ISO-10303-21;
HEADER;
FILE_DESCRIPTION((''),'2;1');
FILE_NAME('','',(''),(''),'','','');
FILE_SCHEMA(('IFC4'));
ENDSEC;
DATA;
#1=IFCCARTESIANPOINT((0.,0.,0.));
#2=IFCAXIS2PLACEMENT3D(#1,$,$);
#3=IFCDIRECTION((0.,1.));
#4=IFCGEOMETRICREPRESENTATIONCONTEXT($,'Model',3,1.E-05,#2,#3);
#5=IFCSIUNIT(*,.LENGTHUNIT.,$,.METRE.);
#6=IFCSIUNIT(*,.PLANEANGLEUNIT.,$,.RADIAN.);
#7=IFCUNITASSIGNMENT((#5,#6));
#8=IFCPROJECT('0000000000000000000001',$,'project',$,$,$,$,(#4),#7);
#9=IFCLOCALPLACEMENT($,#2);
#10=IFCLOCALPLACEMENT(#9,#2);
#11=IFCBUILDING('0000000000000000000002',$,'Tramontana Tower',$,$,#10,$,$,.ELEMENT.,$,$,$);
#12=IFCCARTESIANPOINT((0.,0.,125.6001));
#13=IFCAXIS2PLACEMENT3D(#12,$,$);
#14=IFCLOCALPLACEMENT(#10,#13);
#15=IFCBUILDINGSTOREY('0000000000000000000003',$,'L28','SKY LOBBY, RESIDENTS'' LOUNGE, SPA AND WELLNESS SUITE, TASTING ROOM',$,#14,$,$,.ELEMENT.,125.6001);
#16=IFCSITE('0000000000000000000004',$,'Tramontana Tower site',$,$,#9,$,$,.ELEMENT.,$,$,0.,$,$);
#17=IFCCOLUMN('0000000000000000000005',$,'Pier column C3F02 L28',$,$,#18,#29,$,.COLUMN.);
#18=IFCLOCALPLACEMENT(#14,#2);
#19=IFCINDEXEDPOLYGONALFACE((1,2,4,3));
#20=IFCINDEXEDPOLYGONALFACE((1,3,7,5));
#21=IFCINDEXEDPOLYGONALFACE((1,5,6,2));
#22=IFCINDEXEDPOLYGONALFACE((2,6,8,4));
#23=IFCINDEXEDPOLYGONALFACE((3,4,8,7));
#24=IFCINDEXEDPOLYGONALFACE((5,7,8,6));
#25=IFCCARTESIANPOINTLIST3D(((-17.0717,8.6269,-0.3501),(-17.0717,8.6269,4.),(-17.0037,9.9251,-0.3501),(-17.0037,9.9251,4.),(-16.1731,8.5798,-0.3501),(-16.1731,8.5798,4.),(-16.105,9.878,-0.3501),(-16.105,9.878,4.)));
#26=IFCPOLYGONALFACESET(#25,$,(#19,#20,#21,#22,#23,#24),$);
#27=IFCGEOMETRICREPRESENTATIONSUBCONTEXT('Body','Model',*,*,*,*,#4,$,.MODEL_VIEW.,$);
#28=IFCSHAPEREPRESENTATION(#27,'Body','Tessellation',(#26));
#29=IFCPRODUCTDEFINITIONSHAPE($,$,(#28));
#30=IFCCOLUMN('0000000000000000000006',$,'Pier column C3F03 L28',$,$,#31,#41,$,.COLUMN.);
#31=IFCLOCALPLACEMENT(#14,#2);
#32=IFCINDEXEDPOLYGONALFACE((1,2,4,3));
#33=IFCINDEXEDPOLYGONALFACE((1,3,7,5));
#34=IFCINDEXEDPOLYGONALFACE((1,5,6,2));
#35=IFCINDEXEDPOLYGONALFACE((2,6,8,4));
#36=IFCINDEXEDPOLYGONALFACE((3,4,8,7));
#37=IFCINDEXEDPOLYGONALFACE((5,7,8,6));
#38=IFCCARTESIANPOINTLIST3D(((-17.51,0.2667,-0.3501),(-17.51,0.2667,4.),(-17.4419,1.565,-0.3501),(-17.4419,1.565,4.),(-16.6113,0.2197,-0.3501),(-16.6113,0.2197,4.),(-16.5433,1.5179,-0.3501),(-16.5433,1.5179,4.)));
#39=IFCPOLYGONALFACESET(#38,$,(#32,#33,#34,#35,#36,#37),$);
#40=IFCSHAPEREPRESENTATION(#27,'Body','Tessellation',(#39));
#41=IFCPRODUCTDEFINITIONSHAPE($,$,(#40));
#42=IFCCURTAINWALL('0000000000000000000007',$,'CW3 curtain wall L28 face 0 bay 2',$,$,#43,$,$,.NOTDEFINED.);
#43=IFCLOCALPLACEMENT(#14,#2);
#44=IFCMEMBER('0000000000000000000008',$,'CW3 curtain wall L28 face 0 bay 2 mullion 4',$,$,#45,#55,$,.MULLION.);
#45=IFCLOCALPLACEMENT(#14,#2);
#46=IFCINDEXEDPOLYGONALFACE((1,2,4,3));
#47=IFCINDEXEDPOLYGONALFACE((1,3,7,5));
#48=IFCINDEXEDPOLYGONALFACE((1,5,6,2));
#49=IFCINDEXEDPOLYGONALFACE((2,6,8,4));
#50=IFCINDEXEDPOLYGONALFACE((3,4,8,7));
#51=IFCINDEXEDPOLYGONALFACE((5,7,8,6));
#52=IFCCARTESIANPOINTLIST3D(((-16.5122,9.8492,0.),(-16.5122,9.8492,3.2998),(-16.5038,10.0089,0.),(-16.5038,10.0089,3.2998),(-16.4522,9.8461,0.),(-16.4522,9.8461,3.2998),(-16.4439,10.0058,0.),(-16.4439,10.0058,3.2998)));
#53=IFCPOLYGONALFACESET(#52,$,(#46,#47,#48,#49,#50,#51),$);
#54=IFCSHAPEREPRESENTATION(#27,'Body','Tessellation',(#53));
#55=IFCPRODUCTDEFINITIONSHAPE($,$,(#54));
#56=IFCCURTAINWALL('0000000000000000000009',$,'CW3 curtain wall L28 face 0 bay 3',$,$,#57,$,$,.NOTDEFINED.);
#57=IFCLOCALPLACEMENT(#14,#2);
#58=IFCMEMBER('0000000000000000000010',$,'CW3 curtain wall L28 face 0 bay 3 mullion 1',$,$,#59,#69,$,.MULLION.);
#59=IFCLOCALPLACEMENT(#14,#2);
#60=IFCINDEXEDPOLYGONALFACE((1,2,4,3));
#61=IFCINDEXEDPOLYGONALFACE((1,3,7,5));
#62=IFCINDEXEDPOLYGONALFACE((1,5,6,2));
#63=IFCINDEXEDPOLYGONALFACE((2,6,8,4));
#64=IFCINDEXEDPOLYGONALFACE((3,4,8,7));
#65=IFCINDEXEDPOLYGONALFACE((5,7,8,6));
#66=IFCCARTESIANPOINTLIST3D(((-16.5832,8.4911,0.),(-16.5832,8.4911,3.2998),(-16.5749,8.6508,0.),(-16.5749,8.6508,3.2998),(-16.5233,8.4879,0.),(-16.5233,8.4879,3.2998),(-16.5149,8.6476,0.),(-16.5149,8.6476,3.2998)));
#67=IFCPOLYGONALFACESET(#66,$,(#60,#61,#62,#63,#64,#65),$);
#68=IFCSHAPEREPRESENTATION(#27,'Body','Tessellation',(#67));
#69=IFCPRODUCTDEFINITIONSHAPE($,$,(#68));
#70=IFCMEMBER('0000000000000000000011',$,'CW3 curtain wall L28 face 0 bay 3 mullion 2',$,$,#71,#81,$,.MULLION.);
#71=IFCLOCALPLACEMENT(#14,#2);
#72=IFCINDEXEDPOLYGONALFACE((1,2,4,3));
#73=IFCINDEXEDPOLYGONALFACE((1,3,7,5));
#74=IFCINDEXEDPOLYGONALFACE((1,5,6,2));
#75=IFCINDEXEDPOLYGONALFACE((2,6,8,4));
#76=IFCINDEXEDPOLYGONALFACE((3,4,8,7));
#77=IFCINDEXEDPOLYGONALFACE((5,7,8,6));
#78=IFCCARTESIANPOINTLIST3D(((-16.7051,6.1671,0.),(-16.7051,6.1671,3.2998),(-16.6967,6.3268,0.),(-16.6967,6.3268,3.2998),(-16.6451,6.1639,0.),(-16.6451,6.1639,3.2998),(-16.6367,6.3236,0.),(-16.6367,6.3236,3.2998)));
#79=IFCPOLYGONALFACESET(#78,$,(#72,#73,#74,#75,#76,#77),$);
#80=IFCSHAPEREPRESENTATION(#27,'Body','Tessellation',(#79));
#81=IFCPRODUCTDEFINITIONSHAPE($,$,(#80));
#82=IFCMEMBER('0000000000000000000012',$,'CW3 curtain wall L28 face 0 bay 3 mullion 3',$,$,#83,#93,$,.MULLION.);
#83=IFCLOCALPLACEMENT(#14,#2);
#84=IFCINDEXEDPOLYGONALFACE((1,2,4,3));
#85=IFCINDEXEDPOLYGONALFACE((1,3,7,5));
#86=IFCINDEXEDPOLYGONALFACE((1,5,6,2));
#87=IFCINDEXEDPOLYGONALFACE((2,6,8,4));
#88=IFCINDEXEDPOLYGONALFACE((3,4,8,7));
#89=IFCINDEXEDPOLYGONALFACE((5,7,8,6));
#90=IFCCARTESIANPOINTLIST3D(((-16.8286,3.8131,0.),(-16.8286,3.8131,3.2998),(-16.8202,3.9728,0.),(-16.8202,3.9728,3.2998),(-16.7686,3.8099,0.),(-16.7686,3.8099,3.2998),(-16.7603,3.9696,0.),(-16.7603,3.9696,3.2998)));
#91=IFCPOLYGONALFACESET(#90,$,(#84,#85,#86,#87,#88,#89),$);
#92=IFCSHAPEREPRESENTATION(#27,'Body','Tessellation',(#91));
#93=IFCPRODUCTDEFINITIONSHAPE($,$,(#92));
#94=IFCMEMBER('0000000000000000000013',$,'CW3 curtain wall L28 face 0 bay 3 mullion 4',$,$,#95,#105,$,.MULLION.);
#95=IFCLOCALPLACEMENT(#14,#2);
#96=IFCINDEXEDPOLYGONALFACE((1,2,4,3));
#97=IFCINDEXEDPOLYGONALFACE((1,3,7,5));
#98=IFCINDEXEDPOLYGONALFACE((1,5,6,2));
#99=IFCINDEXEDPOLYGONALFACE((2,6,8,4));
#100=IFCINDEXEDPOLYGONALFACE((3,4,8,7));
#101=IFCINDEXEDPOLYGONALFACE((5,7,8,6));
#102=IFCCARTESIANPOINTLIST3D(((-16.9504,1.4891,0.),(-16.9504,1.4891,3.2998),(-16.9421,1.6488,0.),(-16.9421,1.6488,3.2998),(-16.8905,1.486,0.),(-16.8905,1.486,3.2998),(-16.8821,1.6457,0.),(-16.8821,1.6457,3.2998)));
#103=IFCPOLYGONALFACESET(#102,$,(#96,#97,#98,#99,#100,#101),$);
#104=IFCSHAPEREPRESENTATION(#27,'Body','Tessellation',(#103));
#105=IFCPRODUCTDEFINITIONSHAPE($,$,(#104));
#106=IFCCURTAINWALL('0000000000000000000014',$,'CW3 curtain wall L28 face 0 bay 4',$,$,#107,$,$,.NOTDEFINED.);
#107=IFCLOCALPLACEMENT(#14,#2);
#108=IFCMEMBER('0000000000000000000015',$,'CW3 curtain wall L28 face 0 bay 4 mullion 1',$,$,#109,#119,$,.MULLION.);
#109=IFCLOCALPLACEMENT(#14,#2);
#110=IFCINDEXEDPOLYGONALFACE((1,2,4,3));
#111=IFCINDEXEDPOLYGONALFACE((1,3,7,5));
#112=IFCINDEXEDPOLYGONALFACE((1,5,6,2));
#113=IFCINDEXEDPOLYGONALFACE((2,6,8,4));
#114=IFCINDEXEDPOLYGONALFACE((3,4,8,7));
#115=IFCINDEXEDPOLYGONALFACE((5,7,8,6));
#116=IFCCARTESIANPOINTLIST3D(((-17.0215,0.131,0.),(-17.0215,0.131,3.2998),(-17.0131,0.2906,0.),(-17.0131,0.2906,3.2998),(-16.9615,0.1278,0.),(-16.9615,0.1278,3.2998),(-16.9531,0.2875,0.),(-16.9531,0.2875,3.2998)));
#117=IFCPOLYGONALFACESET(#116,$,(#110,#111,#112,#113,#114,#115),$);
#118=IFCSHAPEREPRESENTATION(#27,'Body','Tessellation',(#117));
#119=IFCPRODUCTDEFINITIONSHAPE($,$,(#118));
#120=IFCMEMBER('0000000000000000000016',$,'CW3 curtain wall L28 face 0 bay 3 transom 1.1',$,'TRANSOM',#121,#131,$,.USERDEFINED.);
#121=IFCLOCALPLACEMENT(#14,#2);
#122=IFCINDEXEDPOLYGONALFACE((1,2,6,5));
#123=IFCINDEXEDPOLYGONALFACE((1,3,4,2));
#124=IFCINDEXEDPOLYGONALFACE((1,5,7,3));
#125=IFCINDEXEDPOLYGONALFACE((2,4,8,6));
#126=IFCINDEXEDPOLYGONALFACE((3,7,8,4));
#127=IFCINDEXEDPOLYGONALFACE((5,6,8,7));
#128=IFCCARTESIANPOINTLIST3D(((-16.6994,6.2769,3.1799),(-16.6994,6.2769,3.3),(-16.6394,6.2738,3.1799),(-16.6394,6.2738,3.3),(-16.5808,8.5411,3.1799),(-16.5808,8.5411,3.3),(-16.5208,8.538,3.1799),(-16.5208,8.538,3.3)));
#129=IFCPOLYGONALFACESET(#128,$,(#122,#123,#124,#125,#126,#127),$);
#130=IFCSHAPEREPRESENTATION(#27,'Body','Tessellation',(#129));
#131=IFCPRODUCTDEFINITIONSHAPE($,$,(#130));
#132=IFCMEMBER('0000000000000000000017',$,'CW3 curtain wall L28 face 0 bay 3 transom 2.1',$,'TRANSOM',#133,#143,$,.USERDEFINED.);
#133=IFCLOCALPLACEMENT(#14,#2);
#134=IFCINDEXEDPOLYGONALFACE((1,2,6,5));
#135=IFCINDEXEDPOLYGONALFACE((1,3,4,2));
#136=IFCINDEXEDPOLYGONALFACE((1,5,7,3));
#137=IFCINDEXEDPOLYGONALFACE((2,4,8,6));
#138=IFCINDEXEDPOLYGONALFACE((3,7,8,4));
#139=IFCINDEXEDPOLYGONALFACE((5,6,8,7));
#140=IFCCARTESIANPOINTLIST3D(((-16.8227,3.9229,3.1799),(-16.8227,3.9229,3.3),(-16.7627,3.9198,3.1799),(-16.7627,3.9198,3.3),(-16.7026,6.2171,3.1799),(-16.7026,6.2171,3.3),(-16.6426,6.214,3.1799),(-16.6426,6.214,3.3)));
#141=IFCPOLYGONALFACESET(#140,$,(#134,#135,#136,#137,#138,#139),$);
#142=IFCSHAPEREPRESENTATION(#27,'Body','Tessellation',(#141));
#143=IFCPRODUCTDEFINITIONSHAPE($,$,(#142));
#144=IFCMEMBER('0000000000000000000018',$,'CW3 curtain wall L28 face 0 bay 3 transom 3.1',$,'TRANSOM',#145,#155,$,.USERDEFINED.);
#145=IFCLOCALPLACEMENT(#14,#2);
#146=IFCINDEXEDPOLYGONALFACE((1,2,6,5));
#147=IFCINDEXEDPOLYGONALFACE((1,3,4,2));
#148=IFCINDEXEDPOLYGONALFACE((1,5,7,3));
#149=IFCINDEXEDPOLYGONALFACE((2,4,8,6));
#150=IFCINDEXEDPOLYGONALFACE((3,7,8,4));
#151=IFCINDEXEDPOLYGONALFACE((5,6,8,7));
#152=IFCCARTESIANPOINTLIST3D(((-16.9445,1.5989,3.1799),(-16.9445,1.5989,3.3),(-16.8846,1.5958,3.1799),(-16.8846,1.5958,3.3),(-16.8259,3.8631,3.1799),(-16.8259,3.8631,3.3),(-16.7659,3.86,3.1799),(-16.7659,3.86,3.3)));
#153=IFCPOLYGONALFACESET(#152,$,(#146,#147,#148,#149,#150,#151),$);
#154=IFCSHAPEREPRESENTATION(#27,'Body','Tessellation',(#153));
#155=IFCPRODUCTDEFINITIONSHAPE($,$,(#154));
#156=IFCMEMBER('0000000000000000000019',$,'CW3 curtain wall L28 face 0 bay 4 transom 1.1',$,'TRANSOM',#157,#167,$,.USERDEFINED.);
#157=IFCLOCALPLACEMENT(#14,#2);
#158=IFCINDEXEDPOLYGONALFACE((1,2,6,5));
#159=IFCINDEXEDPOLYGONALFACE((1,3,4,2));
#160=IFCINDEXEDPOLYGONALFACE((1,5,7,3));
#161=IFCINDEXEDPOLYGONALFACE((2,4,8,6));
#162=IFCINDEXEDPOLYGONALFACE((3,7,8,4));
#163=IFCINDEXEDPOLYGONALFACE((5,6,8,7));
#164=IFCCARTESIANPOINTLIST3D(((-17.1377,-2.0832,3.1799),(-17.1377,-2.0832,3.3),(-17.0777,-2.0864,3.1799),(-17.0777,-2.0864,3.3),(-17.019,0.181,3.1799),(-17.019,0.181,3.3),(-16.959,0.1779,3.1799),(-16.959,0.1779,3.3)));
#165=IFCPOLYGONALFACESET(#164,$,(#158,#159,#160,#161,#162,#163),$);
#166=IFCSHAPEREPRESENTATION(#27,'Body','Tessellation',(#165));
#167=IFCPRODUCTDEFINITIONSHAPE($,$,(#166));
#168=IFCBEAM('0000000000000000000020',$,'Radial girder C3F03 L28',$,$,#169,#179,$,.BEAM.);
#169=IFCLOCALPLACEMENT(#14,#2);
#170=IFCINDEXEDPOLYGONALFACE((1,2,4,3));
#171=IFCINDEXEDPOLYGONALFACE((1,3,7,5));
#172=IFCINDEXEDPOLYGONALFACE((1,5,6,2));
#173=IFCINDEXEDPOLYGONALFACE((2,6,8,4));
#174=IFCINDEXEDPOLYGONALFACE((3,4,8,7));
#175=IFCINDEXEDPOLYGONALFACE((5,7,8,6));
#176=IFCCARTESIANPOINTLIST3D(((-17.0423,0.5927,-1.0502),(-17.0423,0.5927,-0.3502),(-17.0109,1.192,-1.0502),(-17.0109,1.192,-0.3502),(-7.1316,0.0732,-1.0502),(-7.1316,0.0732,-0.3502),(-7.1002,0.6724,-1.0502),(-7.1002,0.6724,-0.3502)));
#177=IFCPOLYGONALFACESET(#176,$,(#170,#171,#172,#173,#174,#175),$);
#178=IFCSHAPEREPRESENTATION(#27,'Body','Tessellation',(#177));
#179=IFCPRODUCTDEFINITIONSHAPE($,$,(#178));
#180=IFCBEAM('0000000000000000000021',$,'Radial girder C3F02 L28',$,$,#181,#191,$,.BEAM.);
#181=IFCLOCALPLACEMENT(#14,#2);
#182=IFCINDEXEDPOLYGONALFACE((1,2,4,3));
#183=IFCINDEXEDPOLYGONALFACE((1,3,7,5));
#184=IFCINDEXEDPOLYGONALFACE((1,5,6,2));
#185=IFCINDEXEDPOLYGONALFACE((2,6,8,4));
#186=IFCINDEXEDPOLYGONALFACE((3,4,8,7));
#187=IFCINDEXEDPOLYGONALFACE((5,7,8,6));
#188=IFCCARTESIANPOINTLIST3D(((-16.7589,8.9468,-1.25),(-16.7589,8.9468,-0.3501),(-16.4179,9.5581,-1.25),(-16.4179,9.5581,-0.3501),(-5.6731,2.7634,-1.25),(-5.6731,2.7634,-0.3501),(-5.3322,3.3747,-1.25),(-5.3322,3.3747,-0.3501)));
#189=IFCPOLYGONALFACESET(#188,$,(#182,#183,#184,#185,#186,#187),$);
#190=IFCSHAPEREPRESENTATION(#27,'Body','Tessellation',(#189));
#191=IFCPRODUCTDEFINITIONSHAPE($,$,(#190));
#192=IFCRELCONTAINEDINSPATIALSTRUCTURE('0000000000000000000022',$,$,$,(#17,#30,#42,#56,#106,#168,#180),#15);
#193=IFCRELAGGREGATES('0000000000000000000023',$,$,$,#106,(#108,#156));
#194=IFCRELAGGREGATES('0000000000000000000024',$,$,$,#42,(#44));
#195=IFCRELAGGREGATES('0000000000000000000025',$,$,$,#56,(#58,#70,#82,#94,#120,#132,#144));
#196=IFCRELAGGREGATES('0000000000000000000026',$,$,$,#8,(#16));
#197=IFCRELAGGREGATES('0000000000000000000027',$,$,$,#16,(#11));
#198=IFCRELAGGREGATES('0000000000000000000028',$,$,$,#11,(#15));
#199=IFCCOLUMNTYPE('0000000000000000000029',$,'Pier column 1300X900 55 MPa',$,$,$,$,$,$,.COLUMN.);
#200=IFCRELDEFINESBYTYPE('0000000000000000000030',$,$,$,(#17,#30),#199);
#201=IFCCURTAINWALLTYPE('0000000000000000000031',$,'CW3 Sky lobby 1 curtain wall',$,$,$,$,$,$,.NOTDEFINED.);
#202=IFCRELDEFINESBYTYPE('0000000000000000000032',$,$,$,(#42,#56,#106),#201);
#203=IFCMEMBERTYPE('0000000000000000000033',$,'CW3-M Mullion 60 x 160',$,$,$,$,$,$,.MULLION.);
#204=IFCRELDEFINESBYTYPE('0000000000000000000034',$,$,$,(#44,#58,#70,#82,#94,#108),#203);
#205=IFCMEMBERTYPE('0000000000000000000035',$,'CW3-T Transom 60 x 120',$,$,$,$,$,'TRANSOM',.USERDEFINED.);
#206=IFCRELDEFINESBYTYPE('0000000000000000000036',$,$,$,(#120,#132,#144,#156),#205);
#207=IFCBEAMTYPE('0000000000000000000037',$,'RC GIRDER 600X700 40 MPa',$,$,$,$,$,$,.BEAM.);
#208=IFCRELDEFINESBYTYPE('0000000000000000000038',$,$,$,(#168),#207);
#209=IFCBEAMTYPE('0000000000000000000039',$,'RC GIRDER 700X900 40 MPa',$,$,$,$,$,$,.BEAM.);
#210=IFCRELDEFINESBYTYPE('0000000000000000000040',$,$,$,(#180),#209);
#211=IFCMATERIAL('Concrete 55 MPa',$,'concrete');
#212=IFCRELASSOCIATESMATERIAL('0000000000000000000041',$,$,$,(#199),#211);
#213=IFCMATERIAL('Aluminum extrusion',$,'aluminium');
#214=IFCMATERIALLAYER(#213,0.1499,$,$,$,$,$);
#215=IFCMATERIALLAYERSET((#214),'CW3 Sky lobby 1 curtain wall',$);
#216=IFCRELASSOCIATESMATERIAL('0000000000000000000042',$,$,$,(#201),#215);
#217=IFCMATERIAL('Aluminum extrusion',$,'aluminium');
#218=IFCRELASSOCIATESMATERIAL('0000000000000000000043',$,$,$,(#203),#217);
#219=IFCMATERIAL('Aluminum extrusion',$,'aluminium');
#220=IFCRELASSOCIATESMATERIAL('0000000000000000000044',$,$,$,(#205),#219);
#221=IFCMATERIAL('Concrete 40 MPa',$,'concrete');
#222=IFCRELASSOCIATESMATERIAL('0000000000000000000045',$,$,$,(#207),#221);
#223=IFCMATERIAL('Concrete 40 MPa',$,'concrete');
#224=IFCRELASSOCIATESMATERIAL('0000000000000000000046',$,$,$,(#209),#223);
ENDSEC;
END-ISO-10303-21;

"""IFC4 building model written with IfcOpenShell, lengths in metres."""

from ifc_helpers import new_model, si_unit, direction, frame, origin, origin_2d, place, context, subcontext, project, spatial, rectangle, extrude, material, layer, layer_set, material_profile, profile_set, type_object, element, aggregate, save


model = new_model("IFC4")

# Units and contexts
model_context = context("Model", 3, precision=1e-05, world=origin(), true_north=direction((0.0, 1.0)))
body_context = subcontext(model_context, "Body", "Model", "MODEL_VIEW")
ifc_project = project(units=[si_unit("LENGTHUNIT", "METRE"), si_unit("PLANEANGLEUNIT", "RADIAN")], contexts=[model_context])

# Site, building, storey
site_placement = place(None, origin())
site = spatial("IfcSite", under=ifc_project, at=site_placement, Name="Tramontana Tower site", CompositionType="ELEMENT", RefElevation=0.0)
building_placement = place(site_placement, origin())
building = spatial("IfcBuilding", under=site, at=building_placement, Name="Tramontana Tower", CompositionType="ELEMENT")
storey_placement = place(building_placement, frame((0.0, 0.0, 125.6001)))
storey = spatial("IfcBuildingStorey", under=building, at=storey_placement, Name="L28", Description="SKY LOBBY, RESIDENTS' LOUNGE, SPA AND WELLNESS SUITE, TASTING ROOM", CompositionType="ELEMENT", Elevation=125.6001)

# Columns
ifc_material_1 = material(Name="Concrete 55 MPa", Category="concrete")
ifc_material_profile_1 = material_profile(ifc_material_1, rectangle(XDim=1.3, YDim=0.8999, at=origin_2d()), Name="Pier column 1300X900 55 MPa")
ifc_profile_set_1 = profile_set([ifc_material_profile_1], Name="Concrete 55 MPa")
column_type = type_object("IfcColumnType", Name="Pier column 1300X900 55 MPa", PredefinedType="COLUMN", material=ifc_profile_set_1)
for number, where, z_axis, x_axis, name in (
    (1, (-16.5884, 9.2524, -0.3501), (0.0, 0.0, 1.0), (-0.052336, -0.99863, 0.0), "Pier column C3F02 L28"),
    (2, (-17.0266, 0.8923, -0.3501), (0.0, 0.0, 1.0), (-0.052336, -0.99863, 0.0), "Pier column C3F03 L28"),
):
    element("IfcColumn", number, at=place(storey_placement, frame(where, z_axis=z_axis, x_axis=x_axis)), inside=storey, type_object=column_type, Name=name, PredefinedType="COLUMN", context=body_context, shape_type="SweptSolid", body=[
        extrude(rectangle(XDim=1.3, YDim=0.8999, at=origin_2d()), origin(), (0.0, 0.0, 1.0), 4.3501),
    ])

# Curtain wall, member
ifc_material_2 = material(Name="Aluminum extrusion", Category="aluminium")
ifc_layer_1 = layer(ifc_material_2, 0.1499)
ifc_layer_set_1 = layer_set([ifc_layer_1], Name="CW3 Sky lobby 1 curtain wall")
curtain_wall_type = type_object("IfcCurtainWallType", Name="CW3 Sky lobby 1 curtain wall", PredefinedType="NOTDEFINED", material=ifc_layer_set_1)
curtain_wall_1_placement = place(storey_placement, origin())
curtain_wall_1 = element("IfcCurtainWall", 3, at=curtain_wall_1_placement, inside=storey, type_object=curtain_wall_type, Name="CW3 curtain wall L28 face 0 bay 2", PredefinedType="NOTDEFINED")
ifc_material_3 = material(Name="Aluminum extrusion", Category="aluminium")
ifc_material_profile_2 = material_profile(ifc_material_3, rectangle(XDim=0.0601, YDim=0.1599, at=origin_2d()), Name="CW3-M Mullion 60 x 160")
ifc_profile_set_2 = profile_set([ifc_material_profile_2], Name="Aluminum extrusion")
member_type_1 = type_object("IfcMemberType", Name="CW3-M Mullion 60 x 160", PredefinedType="MULLION", material=ifc_profile_set_2)
member_1_placement = place(storey_placement, frame((-16.478, 9.9275, 0.0), z_axis=(0.0, 0.0, 1.0), x_axis=(0.99863, -0.052336, 0.0)))
member_1 = element("IfcMember", 4, at=member_1_placement, type_object=member_type_1, Name="CW3 curtain wall L28 face 0 bay 2 mullion 4", PredefinedType="MULLION", context=body_context, shape_type="SweptSolid", body=[
    extrude(rectangle(XDim=0.0601, YDim=0.1599, at=origin_2d()), origin(), (0.0, 0.0, 1.0), 3.2998),
])

# Curtain wall, members
curtain_wall_2_placement = place(storey_placement, origin())
curtain_wall_2 = element("IfcCurtainWall", 5, at=curtain_wall_2_placement, inside=storey, type_object=curtain_wall_type, Name="CW3 curtain wall L28 face 0 bay 3", PredefinedType="NOTDEFINED")
member_2_placement = place(storey_placement, frame((-16.5491, 8.5693, 0.0), z_axis=(0.0, 0.0, 1.0), x_axis=(0.99863, -0.052336, 0.0)))
member_2 = element("IfcMember", 6, at=member_2_placement, type_object=member_type_1, Name="CW3 curtain wall L28 face 0 bay 3 mullion 1", PredefinedType="MULLION", context=body_context, shape_type="SweptSolid", body=[
    extrude(rectangle(XDim=0.0601, YDim=0.1599, at=origin_2d()), origin(), (0.0, 0.0, 1.0), 3.2998),
])
member_3_placement = place(storey_placement, frame((-16.6709, 6.2454, 0.0), z_axis=(0.0, 0.0, 1.0), x_axis=(0.99863, -0.052336, 0.0)))
member_3 = element("IfcMember", 7, at=member_3_placement, type_object=member_type_1, Name="CW3 curtain wall L28 face 0 bay 3 mullion 2", PredefinedType="MULLION", context=body_context, shape_type="SweptSolid", body=[
    extrude(rectangle(XDim=0.0601, YDim=0.1599, at=origin_2d()), origin(), (0.0, 0.0, 1.0), 3.2998),
])
member_4_placement = place(storey_placement, frame((-16.7944, 3.8914, 0.0), z_axis=(0.0, 0.0, 1.0), x_axis=(0.99863, -0.052336, 0.0)))
member_4 = element("IfcMember", 8, at=member_4_placement, type_object=member_type_1, Name="CW3 curtain wall L28 face 0 bay 3 mullion 3", PredefinedType="MULLION", context=body_context, shape_type="SweptSolid", body=[
    extrude(rectangle(XDim=0.0601, YDim=0.1599, at=origin_2d()), origin(), (0.0, 0.0, 1.0), 3.2998),
])
member_5_placement = place(storey_placement, frame((-16.9163, 1.5674, 0.0), z_axis=(0.0, 0.0, 1.0), x_axis=(0.99863, -0.052336, 0.0)))
member_5 = element("IfcMember", 9, at=member_5_placement, type_object=member_type_1, Name="CW3 curtain wall L28 face 0 bay 3 mullion 4", PredefinedType="MULLION", context=body_context, shape_type="SweptSolid", body=[
    extrude(rectangle(XDim=0.0601, YDim=0.1599, at=origin_2d()), origin(), (0.0, 0.0, 1.0), 3.2998),
])

# Curtain wall, member
curtain_wall_3_placement = place(storey_placement, origin())
curtain_wall_3 = element("IfcCurtainWall", 10, at=curtain_wall_3_placement, inside=storey, type_object=curtain_wall_type, Name="CW3 curtain wall L28 face 0 bay 4", PredefinedType="NOTDEFINED")
member_6_placement = place(storey_placement, frame((-16.9873, 0.2092, 0.0), z_axis=(0.0, 0.0, 1.0), x_axis=(0.99863, -0.052336, 0.0)))
member_6 = element("IfcMember", 11, at=member_6_placement, type_object=member_type_1, Name="CW3 curtain wall L28 face 0 bay 4 mullion 1", PredefinedType="MULLION", context=body_context, shape_type="SweptSolid", body=[
    extrude(rectangle(XDim=0.0601, YDim=0.1599, at=origin_2d()), origin(), (0.0, 0.0, 1.0), 3.2998),
])

# Members
ifc_material_4 = material(Name="Aluminum extrusion", Category="aluminium")
ifc_material_profile_3 = material_profile(ifc_material_4, rectangle(XDim=0.0601, YDim=0.1201, at=origin_2d()), Name="CW3-T Transom 60 x 120")
ifc_profile_set_3 = profile_set([ifc_material_profile_3], Name="Aluminum extrusion")
member_type_2 = type_object("IfcMemberType", Name="CW3-T Transom 60 x 120", ElementType="TRANSOM", PredefinedType="USERDEFINED", material=ifc_profile_set_3)
member_7_placement = place(storey_placement, frame((-16.5508, 8.5396, 3.24), z_axis=(-0.052333, -0.99863, 0.0), x_axis=(0.99863, -0.052333, 0.0)))
member_7 = element("IfcMember", 12, at=member_7_placement, type_object=member_type_2, Name="CW3 curtain wall L28 face 0 bay 3 transom 1.1", ObjectType="TRANSOM", PredefinedType="USERDEFINED", context=body_context, shape_type="SweptSolid", body=[
    extrude(rectangle(XDim=0.0601, YDim=0.1201, at=origin_2d()), origin(), (0.0, 0.0, 1.0), 2.2673),
])
member_8_placement = place(storey_placement, frame((-16.6726, 6.2156, 3.24), z_axis=(-0.052286, -0.998632, 0.0), x_axis=(0.998632, -0.052286, 0.0)))
member_8 = element("IfcMember", 13, at=member_8_placement, type_object=member_type_2, Name="CW3 curtain wall L28 face 0 bay 3 transom 2.1", ObjectType="TRANSOM", PredefinedType="USERDEFINED", context=body_context, shape_type="SweptSolid", body=[
    extrude(rectangle(XDim=0.0601, YDim=0.1201, at=origin_2d()), origin(), (0.0, 0.0, 1.0), 2.2974),
])
member_9_placement = place(storey_placement, frame((-16.7959, 3.8616, 3.24), z_axis=(-0.052333, -0.99863, 0.0), x_axis=(0.99863, -0.052333, 0.0)))
member_9 = element("IfcMember", 14, at=member_9_placement, type_object=member_type_2, Name="CW3 curtain wall L28 face 0 bay 3 transom 3.1", ObjectType="TRANSOM", PredefinedType="USERDEFINED", context=body_context, shape_type="SweptSolid", body=[
    extrude(rectangle(XDim=0.0601, YDim=0.1201, at=origin_2d()), origin(), (0.0, 0.0, 1.0), 2.2673),
])
member_10_placement = place(storey_placement, frame((-16.989, 0.1794, 3.24), z_axis=(-0.052333, -0.99863, 0.0), x_axis=(0.99863, -0.052333, 0.0)))
member_10 = element("IfcMember", 15, at=member_10_placement, type_object=member_type_2, Name="CW3 curtain wall L28 face 0 bay 4 transom 1.1", ObjectType="TRANSOM", PredefinedType="USERDEFINED", context=body_context, shape_type="SweptSolid", body=[
    extrude(rectangle(XDim=0.0601, YDim=0.1201, at=origin_2d()), origin(), (0.0, 0.0, 1.0), 2.2673),
])
aggregate(curtain_wall_3, [member_6, member_10])

# Beams
ifc_material_5 = material(Name="Concrete 40 MPa", Category="concrete")
ifc_material_profile_4 = material_profile(ifc_material_5, rectangle(XDim=0.6001, YDim=0.7, at=origin_2d()), Name="RC GIRDER 600X700 40 MPa")
ifc_profile_set_4 = profile_set([ifc_material_profile_4], Name="Concrete 40 MPa")
beam_type_1 = type_object("IfcBeamType", Name="RC GIRDER 600X700 40 MPa", PredefinedType="BEAM", material=ifc_profile_set_4)
beam_1_placement = place(storey_placement, frame((-17.0266, 0.8923, -0.7002), z_axis=(0.998629, -0.05235, 0.0), x_axis=(0.05235, 0.998629, 0.0)))
element("IfcBeam", 16, at=beam_1_placement, inside=storey, type_object=beam_type_1, Name="Radial girder C3F03 L28", PredefinedType="BEAM", context=body_context, shape_type="SweptSolid", body=[
    extrude(rectangle(XDim=0.6001, YDim=0.7, at=origin_2d()), origin(), (0.0, 0.0, 1.0), 9.9243),
])
ifc_material_6 = material(Name="Concrete 40 MPa", Category="concrete")
ifc_material_profile_5 = material_profile(ifc_material_6, rectangle(XDim=0.7, YDim=0.8999, at=origin_2d()), Name="RC GIRDER 700X900 40 MPa")
ifc_profile_set_5 = profile_set([ifc_material_profile_5], Name="Concrete 40 MPa")
beam_type_2 = type_object("IfcBeamType", Name="RC GIRDER 700X900 40 MPa", PredefinedType="BEAM", material=ifc_profile_set_5)
beam_2_placement = place(storey_placement, frame((-16.5884, 9.2524, -0.8), z_axis=(0.873332, -0.487125, 0.0), x_axis=(0.487125, 0.873332, 0.0)))
element("IfcBeam", 17, at=beam_2_placement, inside=storey, type_object=beam_type_2, Name="Radial girder C3F02 L28", PredefinedType="BEAM", context=body_context, shape_type="SweptSolid", body=[
    extrude(rectangle(XDim=0.7, YDim=0.8999, at=origin_2d()), origin(), (0.0, 0.0, 1.0), 12.6936),
])

aggregate(curtain_wall_1, [member_1])
aggregate(curtain_wall_2, [member_2, member_3, member_4, member_5, member_7, member_8, member_9])

save(model, "model.ifc")
